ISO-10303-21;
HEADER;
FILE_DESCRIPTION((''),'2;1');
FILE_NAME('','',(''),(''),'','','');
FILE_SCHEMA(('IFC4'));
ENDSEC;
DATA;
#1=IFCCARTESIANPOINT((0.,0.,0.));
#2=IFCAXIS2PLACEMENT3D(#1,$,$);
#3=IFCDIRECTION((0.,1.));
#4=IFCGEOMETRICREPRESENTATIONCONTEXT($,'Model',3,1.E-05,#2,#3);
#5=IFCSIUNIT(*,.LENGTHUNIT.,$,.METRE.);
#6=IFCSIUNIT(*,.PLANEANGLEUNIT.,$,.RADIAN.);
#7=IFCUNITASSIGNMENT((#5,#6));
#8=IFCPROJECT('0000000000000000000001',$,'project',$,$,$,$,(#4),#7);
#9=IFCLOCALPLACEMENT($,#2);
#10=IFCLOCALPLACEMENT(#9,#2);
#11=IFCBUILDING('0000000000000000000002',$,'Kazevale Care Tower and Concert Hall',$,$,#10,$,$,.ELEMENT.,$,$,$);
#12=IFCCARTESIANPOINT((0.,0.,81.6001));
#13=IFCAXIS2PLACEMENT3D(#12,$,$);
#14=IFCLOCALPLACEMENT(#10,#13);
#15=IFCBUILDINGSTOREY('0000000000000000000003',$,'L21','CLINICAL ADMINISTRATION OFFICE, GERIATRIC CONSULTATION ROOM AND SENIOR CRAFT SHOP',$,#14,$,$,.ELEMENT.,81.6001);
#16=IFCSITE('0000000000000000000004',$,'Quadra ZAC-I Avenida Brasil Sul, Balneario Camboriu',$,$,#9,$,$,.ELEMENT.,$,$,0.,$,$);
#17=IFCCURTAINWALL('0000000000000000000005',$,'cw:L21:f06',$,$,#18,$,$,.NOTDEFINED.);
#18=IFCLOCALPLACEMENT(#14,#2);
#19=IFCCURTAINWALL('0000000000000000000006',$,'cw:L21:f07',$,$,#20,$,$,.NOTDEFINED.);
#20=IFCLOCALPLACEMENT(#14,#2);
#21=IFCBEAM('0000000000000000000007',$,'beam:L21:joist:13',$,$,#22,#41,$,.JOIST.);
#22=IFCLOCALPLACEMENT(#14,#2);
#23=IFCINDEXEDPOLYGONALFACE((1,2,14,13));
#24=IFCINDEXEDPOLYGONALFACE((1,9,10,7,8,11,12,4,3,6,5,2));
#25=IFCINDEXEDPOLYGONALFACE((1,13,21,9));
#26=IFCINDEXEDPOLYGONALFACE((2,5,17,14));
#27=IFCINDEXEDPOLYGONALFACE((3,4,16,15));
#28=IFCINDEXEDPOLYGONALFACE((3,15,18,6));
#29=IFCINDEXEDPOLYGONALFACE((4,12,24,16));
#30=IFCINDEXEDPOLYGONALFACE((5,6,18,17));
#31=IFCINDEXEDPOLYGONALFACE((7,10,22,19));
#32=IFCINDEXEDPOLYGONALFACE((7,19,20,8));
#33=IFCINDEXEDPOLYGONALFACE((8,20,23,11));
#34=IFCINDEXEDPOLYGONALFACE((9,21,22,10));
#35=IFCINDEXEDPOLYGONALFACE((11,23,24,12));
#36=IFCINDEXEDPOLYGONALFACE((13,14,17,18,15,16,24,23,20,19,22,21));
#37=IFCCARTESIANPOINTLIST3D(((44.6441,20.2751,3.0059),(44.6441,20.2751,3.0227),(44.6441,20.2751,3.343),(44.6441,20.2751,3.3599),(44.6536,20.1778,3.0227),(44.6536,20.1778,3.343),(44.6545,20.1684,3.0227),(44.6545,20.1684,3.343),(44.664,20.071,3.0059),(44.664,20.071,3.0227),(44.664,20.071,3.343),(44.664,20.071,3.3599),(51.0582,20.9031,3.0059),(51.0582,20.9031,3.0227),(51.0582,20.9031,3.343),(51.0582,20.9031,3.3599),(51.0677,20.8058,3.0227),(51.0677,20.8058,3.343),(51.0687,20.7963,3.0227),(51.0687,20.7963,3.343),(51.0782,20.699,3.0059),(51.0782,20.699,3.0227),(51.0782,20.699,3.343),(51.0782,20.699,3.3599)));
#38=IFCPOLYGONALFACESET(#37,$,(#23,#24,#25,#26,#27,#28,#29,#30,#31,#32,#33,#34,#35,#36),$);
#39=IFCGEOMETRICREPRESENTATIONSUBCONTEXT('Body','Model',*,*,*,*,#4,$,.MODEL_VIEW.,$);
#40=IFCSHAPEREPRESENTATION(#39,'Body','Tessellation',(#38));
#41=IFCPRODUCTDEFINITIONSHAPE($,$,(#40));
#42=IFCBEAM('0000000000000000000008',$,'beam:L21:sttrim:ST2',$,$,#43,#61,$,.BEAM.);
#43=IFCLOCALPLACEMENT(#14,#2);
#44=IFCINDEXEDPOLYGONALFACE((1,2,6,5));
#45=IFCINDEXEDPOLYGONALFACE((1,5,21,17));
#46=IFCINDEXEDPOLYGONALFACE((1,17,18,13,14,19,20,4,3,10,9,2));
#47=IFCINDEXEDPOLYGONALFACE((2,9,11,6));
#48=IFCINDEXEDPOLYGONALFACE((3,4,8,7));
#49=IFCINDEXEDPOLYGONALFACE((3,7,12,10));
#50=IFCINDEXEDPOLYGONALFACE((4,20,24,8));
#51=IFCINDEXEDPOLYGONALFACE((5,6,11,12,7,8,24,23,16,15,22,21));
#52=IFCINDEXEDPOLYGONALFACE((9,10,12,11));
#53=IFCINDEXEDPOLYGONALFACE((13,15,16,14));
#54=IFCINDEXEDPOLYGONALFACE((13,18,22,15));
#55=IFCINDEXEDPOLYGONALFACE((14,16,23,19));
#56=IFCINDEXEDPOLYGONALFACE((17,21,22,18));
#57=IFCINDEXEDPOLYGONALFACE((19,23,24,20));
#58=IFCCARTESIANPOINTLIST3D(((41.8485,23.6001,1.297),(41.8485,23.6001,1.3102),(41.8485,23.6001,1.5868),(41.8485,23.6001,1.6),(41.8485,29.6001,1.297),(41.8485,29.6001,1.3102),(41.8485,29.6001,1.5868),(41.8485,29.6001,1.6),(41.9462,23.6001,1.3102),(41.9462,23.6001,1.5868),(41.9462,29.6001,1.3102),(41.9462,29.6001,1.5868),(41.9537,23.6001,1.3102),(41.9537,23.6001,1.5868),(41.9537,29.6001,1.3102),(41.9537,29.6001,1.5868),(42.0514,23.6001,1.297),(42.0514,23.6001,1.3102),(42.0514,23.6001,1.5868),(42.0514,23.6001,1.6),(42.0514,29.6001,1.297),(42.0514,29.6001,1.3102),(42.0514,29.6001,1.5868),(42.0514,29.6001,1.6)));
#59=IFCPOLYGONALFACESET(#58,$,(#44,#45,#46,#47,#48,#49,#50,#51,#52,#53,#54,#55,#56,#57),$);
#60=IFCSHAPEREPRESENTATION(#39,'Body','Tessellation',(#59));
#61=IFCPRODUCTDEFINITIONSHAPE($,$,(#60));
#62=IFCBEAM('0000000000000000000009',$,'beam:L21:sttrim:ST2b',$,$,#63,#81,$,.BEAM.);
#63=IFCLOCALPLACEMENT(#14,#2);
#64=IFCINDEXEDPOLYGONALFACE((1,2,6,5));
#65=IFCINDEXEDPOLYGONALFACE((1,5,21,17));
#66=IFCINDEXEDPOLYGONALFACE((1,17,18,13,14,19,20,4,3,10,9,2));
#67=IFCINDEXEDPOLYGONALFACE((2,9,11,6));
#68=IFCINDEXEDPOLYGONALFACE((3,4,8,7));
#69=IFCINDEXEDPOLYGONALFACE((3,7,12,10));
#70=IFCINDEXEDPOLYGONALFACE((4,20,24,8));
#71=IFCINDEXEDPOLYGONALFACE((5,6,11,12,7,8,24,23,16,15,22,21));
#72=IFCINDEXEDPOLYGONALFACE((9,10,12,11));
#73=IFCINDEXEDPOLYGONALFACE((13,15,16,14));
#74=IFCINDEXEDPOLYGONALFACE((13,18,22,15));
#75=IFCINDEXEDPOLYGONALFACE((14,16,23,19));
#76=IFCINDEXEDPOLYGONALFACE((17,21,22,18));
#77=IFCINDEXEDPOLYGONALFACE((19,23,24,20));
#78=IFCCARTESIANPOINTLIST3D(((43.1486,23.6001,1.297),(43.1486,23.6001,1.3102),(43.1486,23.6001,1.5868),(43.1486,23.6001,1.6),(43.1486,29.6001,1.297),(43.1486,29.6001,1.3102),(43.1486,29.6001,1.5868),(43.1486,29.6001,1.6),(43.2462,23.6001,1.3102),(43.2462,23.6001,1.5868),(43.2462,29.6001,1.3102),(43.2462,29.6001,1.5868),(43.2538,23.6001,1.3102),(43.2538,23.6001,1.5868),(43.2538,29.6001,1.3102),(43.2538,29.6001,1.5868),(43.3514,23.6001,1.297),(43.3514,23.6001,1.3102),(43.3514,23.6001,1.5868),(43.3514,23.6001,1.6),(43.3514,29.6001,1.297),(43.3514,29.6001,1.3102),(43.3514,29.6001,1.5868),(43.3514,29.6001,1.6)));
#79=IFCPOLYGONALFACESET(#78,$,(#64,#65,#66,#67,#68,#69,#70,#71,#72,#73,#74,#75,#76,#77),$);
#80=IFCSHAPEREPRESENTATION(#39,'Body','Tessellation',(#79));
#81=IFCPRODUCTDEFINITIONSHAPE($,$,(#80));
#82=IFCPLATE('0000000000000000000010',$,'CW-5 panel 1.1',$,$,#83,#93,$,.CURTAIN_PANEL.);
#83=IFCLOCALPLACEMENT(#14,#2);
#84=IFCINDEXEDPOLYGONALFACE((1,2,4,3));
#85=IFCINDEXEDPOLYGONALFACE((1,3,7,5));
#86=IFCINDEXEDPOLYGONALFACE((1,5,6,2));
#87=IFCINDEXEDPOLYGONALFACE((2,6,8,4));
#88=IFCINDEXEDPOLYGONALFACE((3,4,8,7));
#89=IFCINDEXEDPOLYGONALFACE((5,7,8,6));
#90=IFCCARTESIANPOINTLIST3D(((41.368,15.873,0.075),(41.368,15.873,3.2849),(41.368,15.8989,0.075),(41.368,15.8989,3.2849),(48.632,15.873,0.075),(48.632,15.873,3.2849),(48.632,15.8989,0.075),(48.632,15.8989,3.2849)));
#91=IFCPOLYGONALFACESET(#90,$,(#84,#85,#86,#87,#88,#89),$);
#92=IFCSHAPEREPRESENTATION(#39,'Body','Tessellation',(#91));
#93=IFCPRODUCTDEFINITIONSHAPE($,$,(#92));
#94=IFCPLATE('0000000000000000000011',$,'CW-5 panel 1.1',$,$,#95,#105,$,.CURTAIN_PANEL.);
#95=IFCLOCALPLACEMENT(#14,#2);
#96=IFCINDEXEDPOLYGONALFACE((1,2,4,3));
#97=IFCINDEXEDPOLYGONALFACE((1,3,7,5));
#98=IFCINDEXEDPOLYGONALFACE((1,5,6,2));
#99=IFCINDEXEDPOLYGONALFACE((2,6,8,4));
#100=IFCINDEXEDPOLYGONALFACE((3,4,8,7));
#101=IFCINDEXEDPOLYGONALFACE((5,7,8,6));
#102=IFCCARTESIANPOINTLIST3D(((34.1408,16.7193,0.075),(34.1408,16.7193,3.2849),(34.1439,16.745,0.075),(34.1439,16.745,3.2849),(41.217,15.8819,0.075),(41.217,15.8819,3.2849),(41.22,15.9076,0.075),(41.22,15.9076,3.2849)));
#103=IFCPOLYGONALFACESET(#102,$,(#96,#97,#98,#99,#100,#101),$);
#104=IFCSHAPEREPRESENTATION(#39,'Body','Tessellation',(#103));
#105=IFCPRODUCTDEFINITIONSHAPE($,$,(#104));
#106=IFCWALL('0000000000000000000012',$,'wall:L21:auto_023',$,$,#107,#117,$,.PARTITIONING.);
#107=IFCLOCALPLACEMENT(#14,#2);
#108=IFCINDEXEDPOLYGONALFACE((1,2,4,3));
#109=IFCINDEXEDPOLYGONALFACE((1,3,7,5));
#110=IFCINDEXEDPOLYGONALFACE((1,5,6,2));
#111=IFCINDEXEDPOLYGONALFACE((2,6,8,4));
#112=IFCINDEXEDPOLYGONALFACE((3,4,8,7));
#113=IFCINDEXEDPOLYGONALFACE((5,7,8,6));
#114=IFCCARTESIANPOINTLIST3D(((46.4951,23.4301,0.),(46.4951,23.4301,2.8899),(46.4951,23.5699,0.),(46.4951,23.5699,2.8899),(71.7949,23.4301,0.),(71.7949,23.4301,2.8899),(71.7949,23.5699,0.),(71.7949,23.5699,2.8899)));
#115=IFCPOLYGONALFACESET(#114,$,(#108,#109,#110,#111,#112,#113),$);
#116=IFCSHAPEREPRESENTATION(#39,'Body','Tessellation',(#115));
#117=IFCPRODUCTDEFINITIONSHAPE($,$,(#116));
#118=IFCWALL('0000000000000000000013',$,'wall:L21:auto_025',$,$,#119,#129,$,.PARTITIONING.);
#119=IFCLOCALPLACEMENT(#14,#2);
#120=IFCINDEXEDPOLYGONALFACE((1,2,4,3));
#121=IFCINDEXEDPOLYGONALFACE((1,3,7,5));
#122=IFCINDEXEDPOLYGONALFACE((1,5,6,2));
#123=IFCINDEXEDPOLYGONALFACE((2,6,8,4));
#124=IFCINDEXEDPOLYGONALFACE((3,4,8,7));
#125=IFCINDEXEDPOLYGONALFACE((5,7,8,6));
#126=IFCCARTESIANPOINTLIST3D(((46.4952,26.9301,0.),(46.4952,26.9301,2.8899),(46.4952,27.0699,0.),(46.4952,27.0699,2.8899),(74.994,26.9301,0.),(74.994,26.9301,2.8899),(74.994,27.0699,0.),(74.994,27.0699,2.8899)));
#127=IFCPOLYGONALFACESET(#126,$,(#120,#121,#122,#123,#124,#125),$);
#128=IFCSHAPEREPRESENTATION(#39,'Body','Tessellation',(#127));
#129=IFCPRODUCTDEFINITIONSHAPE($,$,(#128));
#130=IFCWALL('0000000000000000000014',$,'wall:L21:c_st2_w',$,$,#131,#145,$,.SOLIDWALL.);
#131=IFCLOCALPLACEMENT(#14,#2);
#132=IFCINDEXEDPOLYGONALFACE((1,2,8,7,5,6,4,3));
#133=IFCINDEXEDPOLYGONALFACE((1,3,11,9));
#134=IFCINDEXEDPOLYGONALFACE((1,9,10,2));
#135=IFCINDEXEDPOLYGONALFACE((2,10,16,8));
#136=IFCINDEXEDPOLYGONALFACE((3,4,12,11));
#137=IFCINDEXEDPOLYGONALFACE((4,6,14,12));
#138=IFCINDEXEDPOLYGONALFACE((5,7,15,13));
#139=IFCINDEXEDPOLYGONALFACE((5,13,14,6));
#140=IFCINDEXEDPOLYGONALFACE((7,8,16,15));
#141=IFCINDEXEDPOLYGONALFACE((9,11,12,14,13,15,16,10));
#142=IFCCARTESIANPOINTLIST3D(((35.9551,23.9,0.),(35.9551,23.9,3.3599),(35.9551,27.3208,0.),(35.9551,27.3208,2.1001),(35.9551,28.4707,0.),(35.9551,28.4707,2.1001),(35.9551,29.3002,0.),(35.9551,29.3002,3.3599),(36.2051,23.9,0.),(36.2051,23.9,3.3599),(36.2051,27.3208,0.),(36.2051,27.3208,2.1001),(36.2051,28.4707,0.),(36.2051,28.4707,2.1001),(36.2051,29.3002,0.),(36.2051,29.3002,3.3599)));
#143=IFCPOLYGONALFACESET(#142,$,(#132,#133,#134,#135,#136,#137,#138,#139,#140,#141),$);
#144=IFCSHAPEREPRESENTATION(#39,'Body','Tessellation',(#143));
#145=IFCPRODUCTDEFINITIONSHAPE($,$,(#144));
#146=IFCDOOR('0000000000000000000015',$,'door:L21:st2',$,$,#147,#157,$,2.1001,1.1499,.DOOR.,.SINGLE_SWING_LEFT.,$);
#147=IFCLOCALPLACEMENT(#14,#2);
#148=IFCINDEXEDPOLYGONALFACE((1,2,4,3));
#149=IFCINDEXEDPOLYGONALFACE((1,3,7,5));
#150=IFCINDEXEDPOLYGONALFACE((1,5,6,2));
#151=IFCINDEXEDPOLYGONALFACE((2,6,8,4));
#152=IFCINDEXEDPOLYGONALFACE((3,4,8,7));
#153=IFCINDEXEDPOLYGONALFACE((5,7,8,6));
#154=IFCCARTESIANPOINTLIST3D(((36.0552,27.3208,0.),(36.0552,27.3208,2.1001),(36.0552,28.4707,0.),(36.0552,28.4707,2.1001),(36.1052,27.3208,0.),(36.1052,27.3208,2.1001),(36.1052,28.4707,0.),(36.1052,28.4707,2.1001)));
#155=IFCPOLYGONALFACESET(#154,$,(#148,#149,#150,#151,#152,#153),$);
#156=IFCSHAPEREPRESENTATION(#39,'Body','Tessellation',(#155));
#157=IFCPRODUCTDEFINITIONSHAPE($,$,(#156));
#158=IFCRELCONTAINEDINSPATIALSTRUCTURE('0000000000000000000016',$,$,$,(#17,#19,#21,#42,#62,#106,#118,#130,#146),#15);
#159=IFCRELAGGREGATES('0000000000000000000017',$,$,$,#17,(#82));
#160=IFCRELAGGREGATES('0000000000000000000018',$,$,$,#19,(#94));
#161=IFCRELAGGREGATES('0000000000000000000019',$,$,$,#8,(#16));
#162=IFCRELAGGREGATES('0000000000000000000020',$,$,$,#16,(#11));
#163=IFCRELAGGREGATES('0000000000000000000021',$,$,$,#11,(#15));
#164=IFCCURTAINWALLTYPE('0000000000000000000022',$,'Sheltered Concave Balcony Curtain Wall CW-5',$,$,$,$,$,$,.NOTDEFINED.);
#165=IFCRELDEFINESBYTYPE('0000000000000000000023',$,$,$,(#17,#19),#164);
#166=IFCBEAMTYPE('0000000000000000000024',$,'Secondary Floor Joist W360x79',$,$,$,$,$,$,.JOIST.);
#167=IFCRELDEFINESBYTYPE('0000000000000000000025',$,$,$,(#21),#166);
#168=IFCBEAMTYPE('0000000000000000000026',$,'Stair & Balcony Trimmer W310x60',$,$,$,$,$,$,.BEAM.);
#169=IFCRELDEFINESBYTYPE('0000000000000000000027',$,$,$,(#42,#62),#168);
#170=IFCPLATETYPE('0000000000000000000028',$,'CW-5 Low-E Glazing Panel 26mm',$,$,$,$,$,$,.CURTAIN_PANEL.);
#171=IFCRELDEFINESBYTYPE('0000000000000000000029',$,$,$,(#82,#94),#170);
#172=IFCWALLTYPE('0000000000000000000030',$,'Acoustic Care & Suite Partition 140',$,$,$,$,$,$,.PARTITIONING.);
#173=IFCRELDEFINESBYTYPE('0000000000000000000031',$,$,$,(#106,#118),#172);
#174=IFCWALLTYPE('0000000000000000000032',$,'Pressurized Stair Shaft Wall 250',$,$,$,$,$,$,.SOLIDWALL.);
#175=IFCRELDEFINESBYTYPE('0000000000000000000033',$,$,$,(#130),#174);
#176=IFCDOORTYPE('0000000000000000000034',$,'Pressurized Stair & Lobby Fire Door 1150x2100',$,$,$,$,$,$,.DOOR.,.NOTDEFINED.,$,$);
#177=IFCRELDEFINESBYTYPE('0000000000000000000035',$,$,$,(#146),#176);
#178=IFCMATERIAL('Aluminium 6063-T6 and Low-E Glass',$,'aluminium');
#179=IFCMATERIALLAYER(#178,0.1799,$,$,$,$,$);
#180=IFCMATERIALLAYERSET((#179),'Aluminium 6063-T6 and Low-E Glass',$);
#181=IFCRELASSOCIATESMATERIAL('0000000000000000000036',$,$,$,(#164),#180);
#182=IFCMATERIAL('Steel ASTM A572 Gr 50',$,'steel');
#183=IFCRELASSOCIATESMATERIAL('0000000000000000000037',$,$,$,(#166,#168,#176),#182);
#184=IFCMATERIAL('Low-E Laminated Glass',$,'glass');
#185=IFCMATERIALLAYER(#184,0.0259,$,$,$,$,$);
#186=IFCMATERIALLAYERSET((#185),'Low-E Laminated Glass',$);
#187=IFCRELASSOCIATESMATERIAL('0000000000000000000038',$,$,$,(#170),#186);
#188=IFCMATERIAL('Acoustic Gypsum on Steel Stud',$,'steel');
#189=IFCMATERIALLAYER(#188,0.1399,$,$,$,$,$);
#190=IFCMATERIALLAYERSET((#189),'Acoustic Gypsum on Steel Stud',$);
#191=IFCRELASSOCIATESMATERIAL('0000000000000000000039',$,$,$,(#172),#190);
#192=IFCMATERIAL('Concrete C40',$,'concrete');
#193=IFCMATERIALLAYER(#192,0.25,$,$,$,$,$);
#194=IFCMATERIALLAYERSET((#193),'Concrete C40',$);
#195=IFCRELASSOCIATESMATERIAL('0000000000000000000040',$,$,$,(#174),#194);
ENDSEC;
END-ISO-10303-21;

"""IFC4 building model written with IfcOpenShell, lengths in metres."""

from ifc_helpers import new_model, si_unit, direction, frame, frame_2d, origin, origin_2d, place, context, subcontext, project, spatial, rectangle, i_section, extrude, material, layer, layer_set, material_profile, profile_set, type_object, element, fill, aggregate, save


model = new_model("IFC4")

# Units and contexts
model_context = context("Model", 3, precision=1e-05, world=origin(), true_north=direction((0.0, 1.0)))
body_context = subcontext(model_context, "Body", "Model", "MODEL_VIEW")
ifc_project = project(units=[si_unit("LENGTHUNIT", "METRE"), si_unit("PLANEANGLEUNIT", "RADIAN")], contexts=[model_context])

# Site, building, storey
site_placement = place(None, origin())
site = spatial("IfcSite", under=ifc_project, at=site_placement, Name="Quadra ZAC-I Avenida Brasil Sul, Balneario Camboriu", CompositionType="ELEMENT", RefElevation=0.0)
building_placement = place(site_placement, origin())
building = spatial("IfcBuilding", under=site, at=building_placement, Name="Kazevale Care Tower and Concert Hall", CompositionType="ELEMENT")
storey_placement = place(building_placement, frame((0.0, 0.0, 81.6001)))
storey = spatial("IfcBuildingStorey", under=building, at=storey_placement, Name="L21", Description="CLINICAL ADMINISTRATION OFFICE, GERIATRIC CONSULTATION ROOM AND SENIOR CRAFT SHOP", CompositionType="ELEMENT", Elevation=81.6001)

# Curtain wall
ifc_material_1 = material(Name="Aluminium 6063-T6 and Low-E Glass", Category="aluminium")
ifc_layer_1 = layer(ifc_material_1, 0.1799)
ifc_layer_set_1 = layer_set([ifc_layer_1], Name="Aluminium 6063-T6 and Low-E Glass")
curtain_wall_type = type_object("IfcCurtainWallType", Name="Sheltered Concave Balcony Curtain Wall CW-5", PredefinedType="NOTDEFINED", material=ifc_layer_set_1)
curtain_wall_1_placement = place(storey_placement, origin())
curtain_wall_1 = element("IfcCurtainWall", 1, at=curtain_wall_1_placement, inside=storey, type_object=curtain_wall_type, Name="cw:L21:f06", PredefinedType="NOTDEFINED")

# Curtain wall
curtain_wall_2_placement = place(storey_placement, origin())
curtain_wall_2 = element("IfcCurtainWall", 2, at=curtain_wall_2_placement, inside=storey, type_object=curtain_wall_type, Name="cw:L21:f07", PredefinedType="NOTDEFINED")

# Beams
ifc_material_2 = material(Name="Steel ASTM A572 Gr 50", Category="steel")
ifc_material_profile_1 = material_profile(ifc_material_2, i_section(OverallWidth=0.2051, OverallDepth=0.354, WebThickness=0.0095, FlangeThickness=0.0168, at=origin_2d()), Name="W360x79")
ifc_profile_set_1 = profile_set([ifc_material_profile_1], Name="Steel ASTM A572 Gr 50")
beam_type_1 = type_object("IfcBeamType", Name="Secondary Floor Joist W360x79", PredefinedType="JOIST", material=ifc_profile_set_1)
beam_1_placement = place(storey_placement, frame((44.6541, 20.1731, 3.1829), z_axis=(0.995242, 0.097433, 0.0), x_axis=(-0.097433, 0.995242, 0.0)))
element("IfcBeam", 3, at=beam_1_placement, inside=storey, type_object=beam_type_1, Name="beam:L21:joist:13", PredefinedType="JOIST", context=body_context, shape_type="SweptSolid", body=[
    extrude(i_section(OverallWidth=0.2051, OverallDepth=0.354, WebThickness=0.0095, FlangeThickness=0.0168, at=origin_2d()), origin(), (0.0, 0.0, 1.0), 6.4448),
])
ifc_material_profile_2 = material_profile(ifc_material_2, i_section(OverallWidth=0.2029, OverallDepth=0.303, WebThickness=0.0076, FlangeThickness=0.0132, at=origin_2d()), Name="W310x60")
ifc_profile_set_2 = profile_set([ifc_material_profile_2], Name="Steel ASTM A572 Gr 50")
beam_type_2 = type_object("IfcBeamType", Name="Stair & Balcony Trimmer W310x60", PredefinedType="BEAM", material=ifc_profile_set_2)
for number, where, z_axis, x_axis, name in (
    (4, (41.95, 23.6001, 1.4485), (0.0, 1.0, 0.0), (-1.0, 0.0, 0.0), "beam:L21:sttrim:ST2"),
    (5, (43.25, 23.6001, 1.4485), (0.0, 1.0, 0.0), (-1.0, 0.0, 0.0), "beam:L21:sttrim:ST2b"),
):
    element("IfcBeam", number, at=place(storey_placement, frame(where, z_axis=z_axis, x_axis=x_axis)), inside=storey, type_object=beam_type_2, Name=name, PredefinedType="BEAM", context=body_context, shape_type="SweptSolid", body=[
        extrude(i_section(OverallWidth=0.2029, OverallDepth=0.303, WebThickness=0.0076, FlangeThickness=0.0132, at=origin_2d()), origin(), (0.0, 0.0, 1.0), 6.0),
    ])

# Plates
ifc_material_3 = material(Name="Low-E Laminated Glass", Category="glass")
ifc_layer_2 = layer(ifc_material_3, 0.0259)
ifc_layer_set_2 = layer_set([ifc_layer_2], Name="Low-E Laminated Glass")
plate_type = type_object("IfcPlateType", Name="CW-5 Low-E Glazing Panel 26mm", PredefinedType="CURTAIN_PANEL", material=ifc_layer_set_2)
plate_1_placement = place(storey_placement, frame((45.0, 15.886, 0.075), z_axis=(0.0, 0.0, 1.0), x_axis=(-1.0, 0.0, 0.0)))
plate_1 = element("IfcPlate", 6, at=plate_1_placement, type_object=plate_type, Name="CW-5 panel 1.1", PredefinedType="CURTAIN_PANEL", context=body_context, shape_type="SweptSolid", body=[
    extrude(rectangle(XDim=7.2639, YDim=0.0259, at=origin_2d()), origin(), (0.0, 0.0, 1.0), 3.21),
])
aggregate(curtain_wall_1, [plate_1])
plate_2_placement = place(storey_placement, frame((37.6804, 16.3135, 0.075), z_axis=(0.0, 0.0, 1.0), x_axis=(-0.993071, 0.117519, 0.0)))
plate_2 = element("IfcPlate", 7, at=plate_2_placement, type_object=plate_type, Name="CW-5 panel 1.1", PredefinedType="CURTAIN_PANEL", context=body_context, shape_type="SweptSolid", body=[
    extrude(rectangle(XDim=7.1255, YDim=0.0259, at=origin_2d()), origin(), (0.0, 0.0, 1.0), 3.21),
])
aggregate(curtain_wall_2, [plate_2])

# Walls
ifc_material_4 = material(Name="Acoustic Gypsum on Steel Stud", Category="steel")
ifc_layer_3 = layer(ifc_material_4, 0.1399)
ifc_layer_set_3 = layer_set([ifc_layer_3], Name="Acoustic Gypsum on Steel Stud")
wall_type_1 = type_object("IfcWallType", Name="Acoustic Care & Suite Partition 140", PredefinedType="PARTITIONING", material=ifc_layer_set_3)
wall_1_placement = place(storey_placement, frame((46.4951, 23.5, 0.0), z_axis=(0.0, 0.0, 1.0), x_axis=(1.0, 0.0, 0.0)))
element("IfcWall", 8, at=wall_1_placement, inside=storey, type_object=wall_type_1, Name="wall:L21:auto_023", PredefinedType="PARTITIONING", context=body_context, shape_type="SweptSolid", body=[
    extrude(rectangle(XDim=25.2998, YDim=0.1399, at=frame_2d((12.6499, 0.0))), origin(), (0.0, 0.0, 1.0), 2.8899),
])
wall_2_placement = place(storey_placement, frame((46.4951, 27.0, 0.0), z_axis=(0.0, 0.0, 1.0), x_axis=(1.0, 0.0, 0.0)))
element("IfcWall", 9, at=wall_2_placement, inside=storey, type_object=wall_type_1, Name="wall:L21:auto_025", PredefinedType="PARTITIONING", context=body_context, shape_type="SweptSolid", body=[
    extrude(rectangle(XDim=28.4988, YDim=0.1399, at=frame_2d((14.2495, 0.0))), origin(), (0.0, 0.0, 1.0), 2.8899),
])

# Wall, opening, door
ifc_material_5 = material(Name="Concrete C40", Category="concrete")
ifc_layer_4 = layer(ifc_material_5, 0.25)
ifc_layer_set_4 = layer_set([ifc_layer_4], Name="Concrete C40")
wall_type_2 = type_object("IfcWallType", Name="Pressurized Stair Shaft Wall 250", PredefinedType="SOLIDWALL", material=ifc_layer_set_4)
wall_3_placement = place(storey_placement, frame((36.0801, 23.8999, 0.0), z_axis=(0.0, 0.0, 1.0), x_axis=(0.0, 1.0, 0.0)))
wall_3 = element("IfcWall", 10, at=wall_3_placement, inside=storey, type_object=wall_type_2, Name="wall:L21:c_st2_w", PredefinedType="SOLIDWALL", context=body_context, shape_type="SweptSolid", body=[
    extrude(rectangle(XDim=5.4001, YDim=0.25, at=frame_2d((2.7002, 0.0))), origin(), (0.0, 0.0, 1.0), 3.3599),
])
opening_1_placement = place(wall_3_placement, frame((3.4209, 0.0, 0.0)))
opening_1 = element("IfcOpeningElement", 11, at=opening_1_placement, cuts=wall_3, PredefinedType="OPENING", context=body_context, shape_type="SweptSolid", body=[
    extrude(rectangle(XDim=1.1499, YDim=2.1001, at=frame_2d((0.575, 1.05))), frame((0.0, 0.135, 0.0), z_axis=(0.0, -1.0, 0.0), x_axis=(1.0, 0.0, 0.0)), (0.0, 0.0, 1.0), 0.27),
])
door_type_1 = type_object("IfcDoorType", Name="Pressurized Stair & Lobby Fire Door 1150x2100", OperationType="NOTDEFINED", PredefinedType="DOOR", material=ifc_material_2)
door_1_placement = place(opening_1_placement, origin())
door_1 = element("IfcDoor", 12, at=door_1_placement, inside=storey, type_object=door_type_1, Name="door:L21:st2", OperationType="SINGLE_SWING_LEFT", OverallHeight=2.1001, OverallWidth=1.1499, PredefinedType="DOOR", context=body_context, shape_type="SweptSolid", body=[
    extrude(rectangle(XDim=1.1499, YDim=2.1001, at=frame_2d((0.575, 1.05))), frame((0.0, 0.0249, 0.0), z_axis=(0.0, -1.0, 0.0), x_axis=(1.0, 0.0, 0.0)), (0.0, 0.0, 1.0), 0.05),
])
fill(opening_1, door_1)

save(model, "model.ifc")
